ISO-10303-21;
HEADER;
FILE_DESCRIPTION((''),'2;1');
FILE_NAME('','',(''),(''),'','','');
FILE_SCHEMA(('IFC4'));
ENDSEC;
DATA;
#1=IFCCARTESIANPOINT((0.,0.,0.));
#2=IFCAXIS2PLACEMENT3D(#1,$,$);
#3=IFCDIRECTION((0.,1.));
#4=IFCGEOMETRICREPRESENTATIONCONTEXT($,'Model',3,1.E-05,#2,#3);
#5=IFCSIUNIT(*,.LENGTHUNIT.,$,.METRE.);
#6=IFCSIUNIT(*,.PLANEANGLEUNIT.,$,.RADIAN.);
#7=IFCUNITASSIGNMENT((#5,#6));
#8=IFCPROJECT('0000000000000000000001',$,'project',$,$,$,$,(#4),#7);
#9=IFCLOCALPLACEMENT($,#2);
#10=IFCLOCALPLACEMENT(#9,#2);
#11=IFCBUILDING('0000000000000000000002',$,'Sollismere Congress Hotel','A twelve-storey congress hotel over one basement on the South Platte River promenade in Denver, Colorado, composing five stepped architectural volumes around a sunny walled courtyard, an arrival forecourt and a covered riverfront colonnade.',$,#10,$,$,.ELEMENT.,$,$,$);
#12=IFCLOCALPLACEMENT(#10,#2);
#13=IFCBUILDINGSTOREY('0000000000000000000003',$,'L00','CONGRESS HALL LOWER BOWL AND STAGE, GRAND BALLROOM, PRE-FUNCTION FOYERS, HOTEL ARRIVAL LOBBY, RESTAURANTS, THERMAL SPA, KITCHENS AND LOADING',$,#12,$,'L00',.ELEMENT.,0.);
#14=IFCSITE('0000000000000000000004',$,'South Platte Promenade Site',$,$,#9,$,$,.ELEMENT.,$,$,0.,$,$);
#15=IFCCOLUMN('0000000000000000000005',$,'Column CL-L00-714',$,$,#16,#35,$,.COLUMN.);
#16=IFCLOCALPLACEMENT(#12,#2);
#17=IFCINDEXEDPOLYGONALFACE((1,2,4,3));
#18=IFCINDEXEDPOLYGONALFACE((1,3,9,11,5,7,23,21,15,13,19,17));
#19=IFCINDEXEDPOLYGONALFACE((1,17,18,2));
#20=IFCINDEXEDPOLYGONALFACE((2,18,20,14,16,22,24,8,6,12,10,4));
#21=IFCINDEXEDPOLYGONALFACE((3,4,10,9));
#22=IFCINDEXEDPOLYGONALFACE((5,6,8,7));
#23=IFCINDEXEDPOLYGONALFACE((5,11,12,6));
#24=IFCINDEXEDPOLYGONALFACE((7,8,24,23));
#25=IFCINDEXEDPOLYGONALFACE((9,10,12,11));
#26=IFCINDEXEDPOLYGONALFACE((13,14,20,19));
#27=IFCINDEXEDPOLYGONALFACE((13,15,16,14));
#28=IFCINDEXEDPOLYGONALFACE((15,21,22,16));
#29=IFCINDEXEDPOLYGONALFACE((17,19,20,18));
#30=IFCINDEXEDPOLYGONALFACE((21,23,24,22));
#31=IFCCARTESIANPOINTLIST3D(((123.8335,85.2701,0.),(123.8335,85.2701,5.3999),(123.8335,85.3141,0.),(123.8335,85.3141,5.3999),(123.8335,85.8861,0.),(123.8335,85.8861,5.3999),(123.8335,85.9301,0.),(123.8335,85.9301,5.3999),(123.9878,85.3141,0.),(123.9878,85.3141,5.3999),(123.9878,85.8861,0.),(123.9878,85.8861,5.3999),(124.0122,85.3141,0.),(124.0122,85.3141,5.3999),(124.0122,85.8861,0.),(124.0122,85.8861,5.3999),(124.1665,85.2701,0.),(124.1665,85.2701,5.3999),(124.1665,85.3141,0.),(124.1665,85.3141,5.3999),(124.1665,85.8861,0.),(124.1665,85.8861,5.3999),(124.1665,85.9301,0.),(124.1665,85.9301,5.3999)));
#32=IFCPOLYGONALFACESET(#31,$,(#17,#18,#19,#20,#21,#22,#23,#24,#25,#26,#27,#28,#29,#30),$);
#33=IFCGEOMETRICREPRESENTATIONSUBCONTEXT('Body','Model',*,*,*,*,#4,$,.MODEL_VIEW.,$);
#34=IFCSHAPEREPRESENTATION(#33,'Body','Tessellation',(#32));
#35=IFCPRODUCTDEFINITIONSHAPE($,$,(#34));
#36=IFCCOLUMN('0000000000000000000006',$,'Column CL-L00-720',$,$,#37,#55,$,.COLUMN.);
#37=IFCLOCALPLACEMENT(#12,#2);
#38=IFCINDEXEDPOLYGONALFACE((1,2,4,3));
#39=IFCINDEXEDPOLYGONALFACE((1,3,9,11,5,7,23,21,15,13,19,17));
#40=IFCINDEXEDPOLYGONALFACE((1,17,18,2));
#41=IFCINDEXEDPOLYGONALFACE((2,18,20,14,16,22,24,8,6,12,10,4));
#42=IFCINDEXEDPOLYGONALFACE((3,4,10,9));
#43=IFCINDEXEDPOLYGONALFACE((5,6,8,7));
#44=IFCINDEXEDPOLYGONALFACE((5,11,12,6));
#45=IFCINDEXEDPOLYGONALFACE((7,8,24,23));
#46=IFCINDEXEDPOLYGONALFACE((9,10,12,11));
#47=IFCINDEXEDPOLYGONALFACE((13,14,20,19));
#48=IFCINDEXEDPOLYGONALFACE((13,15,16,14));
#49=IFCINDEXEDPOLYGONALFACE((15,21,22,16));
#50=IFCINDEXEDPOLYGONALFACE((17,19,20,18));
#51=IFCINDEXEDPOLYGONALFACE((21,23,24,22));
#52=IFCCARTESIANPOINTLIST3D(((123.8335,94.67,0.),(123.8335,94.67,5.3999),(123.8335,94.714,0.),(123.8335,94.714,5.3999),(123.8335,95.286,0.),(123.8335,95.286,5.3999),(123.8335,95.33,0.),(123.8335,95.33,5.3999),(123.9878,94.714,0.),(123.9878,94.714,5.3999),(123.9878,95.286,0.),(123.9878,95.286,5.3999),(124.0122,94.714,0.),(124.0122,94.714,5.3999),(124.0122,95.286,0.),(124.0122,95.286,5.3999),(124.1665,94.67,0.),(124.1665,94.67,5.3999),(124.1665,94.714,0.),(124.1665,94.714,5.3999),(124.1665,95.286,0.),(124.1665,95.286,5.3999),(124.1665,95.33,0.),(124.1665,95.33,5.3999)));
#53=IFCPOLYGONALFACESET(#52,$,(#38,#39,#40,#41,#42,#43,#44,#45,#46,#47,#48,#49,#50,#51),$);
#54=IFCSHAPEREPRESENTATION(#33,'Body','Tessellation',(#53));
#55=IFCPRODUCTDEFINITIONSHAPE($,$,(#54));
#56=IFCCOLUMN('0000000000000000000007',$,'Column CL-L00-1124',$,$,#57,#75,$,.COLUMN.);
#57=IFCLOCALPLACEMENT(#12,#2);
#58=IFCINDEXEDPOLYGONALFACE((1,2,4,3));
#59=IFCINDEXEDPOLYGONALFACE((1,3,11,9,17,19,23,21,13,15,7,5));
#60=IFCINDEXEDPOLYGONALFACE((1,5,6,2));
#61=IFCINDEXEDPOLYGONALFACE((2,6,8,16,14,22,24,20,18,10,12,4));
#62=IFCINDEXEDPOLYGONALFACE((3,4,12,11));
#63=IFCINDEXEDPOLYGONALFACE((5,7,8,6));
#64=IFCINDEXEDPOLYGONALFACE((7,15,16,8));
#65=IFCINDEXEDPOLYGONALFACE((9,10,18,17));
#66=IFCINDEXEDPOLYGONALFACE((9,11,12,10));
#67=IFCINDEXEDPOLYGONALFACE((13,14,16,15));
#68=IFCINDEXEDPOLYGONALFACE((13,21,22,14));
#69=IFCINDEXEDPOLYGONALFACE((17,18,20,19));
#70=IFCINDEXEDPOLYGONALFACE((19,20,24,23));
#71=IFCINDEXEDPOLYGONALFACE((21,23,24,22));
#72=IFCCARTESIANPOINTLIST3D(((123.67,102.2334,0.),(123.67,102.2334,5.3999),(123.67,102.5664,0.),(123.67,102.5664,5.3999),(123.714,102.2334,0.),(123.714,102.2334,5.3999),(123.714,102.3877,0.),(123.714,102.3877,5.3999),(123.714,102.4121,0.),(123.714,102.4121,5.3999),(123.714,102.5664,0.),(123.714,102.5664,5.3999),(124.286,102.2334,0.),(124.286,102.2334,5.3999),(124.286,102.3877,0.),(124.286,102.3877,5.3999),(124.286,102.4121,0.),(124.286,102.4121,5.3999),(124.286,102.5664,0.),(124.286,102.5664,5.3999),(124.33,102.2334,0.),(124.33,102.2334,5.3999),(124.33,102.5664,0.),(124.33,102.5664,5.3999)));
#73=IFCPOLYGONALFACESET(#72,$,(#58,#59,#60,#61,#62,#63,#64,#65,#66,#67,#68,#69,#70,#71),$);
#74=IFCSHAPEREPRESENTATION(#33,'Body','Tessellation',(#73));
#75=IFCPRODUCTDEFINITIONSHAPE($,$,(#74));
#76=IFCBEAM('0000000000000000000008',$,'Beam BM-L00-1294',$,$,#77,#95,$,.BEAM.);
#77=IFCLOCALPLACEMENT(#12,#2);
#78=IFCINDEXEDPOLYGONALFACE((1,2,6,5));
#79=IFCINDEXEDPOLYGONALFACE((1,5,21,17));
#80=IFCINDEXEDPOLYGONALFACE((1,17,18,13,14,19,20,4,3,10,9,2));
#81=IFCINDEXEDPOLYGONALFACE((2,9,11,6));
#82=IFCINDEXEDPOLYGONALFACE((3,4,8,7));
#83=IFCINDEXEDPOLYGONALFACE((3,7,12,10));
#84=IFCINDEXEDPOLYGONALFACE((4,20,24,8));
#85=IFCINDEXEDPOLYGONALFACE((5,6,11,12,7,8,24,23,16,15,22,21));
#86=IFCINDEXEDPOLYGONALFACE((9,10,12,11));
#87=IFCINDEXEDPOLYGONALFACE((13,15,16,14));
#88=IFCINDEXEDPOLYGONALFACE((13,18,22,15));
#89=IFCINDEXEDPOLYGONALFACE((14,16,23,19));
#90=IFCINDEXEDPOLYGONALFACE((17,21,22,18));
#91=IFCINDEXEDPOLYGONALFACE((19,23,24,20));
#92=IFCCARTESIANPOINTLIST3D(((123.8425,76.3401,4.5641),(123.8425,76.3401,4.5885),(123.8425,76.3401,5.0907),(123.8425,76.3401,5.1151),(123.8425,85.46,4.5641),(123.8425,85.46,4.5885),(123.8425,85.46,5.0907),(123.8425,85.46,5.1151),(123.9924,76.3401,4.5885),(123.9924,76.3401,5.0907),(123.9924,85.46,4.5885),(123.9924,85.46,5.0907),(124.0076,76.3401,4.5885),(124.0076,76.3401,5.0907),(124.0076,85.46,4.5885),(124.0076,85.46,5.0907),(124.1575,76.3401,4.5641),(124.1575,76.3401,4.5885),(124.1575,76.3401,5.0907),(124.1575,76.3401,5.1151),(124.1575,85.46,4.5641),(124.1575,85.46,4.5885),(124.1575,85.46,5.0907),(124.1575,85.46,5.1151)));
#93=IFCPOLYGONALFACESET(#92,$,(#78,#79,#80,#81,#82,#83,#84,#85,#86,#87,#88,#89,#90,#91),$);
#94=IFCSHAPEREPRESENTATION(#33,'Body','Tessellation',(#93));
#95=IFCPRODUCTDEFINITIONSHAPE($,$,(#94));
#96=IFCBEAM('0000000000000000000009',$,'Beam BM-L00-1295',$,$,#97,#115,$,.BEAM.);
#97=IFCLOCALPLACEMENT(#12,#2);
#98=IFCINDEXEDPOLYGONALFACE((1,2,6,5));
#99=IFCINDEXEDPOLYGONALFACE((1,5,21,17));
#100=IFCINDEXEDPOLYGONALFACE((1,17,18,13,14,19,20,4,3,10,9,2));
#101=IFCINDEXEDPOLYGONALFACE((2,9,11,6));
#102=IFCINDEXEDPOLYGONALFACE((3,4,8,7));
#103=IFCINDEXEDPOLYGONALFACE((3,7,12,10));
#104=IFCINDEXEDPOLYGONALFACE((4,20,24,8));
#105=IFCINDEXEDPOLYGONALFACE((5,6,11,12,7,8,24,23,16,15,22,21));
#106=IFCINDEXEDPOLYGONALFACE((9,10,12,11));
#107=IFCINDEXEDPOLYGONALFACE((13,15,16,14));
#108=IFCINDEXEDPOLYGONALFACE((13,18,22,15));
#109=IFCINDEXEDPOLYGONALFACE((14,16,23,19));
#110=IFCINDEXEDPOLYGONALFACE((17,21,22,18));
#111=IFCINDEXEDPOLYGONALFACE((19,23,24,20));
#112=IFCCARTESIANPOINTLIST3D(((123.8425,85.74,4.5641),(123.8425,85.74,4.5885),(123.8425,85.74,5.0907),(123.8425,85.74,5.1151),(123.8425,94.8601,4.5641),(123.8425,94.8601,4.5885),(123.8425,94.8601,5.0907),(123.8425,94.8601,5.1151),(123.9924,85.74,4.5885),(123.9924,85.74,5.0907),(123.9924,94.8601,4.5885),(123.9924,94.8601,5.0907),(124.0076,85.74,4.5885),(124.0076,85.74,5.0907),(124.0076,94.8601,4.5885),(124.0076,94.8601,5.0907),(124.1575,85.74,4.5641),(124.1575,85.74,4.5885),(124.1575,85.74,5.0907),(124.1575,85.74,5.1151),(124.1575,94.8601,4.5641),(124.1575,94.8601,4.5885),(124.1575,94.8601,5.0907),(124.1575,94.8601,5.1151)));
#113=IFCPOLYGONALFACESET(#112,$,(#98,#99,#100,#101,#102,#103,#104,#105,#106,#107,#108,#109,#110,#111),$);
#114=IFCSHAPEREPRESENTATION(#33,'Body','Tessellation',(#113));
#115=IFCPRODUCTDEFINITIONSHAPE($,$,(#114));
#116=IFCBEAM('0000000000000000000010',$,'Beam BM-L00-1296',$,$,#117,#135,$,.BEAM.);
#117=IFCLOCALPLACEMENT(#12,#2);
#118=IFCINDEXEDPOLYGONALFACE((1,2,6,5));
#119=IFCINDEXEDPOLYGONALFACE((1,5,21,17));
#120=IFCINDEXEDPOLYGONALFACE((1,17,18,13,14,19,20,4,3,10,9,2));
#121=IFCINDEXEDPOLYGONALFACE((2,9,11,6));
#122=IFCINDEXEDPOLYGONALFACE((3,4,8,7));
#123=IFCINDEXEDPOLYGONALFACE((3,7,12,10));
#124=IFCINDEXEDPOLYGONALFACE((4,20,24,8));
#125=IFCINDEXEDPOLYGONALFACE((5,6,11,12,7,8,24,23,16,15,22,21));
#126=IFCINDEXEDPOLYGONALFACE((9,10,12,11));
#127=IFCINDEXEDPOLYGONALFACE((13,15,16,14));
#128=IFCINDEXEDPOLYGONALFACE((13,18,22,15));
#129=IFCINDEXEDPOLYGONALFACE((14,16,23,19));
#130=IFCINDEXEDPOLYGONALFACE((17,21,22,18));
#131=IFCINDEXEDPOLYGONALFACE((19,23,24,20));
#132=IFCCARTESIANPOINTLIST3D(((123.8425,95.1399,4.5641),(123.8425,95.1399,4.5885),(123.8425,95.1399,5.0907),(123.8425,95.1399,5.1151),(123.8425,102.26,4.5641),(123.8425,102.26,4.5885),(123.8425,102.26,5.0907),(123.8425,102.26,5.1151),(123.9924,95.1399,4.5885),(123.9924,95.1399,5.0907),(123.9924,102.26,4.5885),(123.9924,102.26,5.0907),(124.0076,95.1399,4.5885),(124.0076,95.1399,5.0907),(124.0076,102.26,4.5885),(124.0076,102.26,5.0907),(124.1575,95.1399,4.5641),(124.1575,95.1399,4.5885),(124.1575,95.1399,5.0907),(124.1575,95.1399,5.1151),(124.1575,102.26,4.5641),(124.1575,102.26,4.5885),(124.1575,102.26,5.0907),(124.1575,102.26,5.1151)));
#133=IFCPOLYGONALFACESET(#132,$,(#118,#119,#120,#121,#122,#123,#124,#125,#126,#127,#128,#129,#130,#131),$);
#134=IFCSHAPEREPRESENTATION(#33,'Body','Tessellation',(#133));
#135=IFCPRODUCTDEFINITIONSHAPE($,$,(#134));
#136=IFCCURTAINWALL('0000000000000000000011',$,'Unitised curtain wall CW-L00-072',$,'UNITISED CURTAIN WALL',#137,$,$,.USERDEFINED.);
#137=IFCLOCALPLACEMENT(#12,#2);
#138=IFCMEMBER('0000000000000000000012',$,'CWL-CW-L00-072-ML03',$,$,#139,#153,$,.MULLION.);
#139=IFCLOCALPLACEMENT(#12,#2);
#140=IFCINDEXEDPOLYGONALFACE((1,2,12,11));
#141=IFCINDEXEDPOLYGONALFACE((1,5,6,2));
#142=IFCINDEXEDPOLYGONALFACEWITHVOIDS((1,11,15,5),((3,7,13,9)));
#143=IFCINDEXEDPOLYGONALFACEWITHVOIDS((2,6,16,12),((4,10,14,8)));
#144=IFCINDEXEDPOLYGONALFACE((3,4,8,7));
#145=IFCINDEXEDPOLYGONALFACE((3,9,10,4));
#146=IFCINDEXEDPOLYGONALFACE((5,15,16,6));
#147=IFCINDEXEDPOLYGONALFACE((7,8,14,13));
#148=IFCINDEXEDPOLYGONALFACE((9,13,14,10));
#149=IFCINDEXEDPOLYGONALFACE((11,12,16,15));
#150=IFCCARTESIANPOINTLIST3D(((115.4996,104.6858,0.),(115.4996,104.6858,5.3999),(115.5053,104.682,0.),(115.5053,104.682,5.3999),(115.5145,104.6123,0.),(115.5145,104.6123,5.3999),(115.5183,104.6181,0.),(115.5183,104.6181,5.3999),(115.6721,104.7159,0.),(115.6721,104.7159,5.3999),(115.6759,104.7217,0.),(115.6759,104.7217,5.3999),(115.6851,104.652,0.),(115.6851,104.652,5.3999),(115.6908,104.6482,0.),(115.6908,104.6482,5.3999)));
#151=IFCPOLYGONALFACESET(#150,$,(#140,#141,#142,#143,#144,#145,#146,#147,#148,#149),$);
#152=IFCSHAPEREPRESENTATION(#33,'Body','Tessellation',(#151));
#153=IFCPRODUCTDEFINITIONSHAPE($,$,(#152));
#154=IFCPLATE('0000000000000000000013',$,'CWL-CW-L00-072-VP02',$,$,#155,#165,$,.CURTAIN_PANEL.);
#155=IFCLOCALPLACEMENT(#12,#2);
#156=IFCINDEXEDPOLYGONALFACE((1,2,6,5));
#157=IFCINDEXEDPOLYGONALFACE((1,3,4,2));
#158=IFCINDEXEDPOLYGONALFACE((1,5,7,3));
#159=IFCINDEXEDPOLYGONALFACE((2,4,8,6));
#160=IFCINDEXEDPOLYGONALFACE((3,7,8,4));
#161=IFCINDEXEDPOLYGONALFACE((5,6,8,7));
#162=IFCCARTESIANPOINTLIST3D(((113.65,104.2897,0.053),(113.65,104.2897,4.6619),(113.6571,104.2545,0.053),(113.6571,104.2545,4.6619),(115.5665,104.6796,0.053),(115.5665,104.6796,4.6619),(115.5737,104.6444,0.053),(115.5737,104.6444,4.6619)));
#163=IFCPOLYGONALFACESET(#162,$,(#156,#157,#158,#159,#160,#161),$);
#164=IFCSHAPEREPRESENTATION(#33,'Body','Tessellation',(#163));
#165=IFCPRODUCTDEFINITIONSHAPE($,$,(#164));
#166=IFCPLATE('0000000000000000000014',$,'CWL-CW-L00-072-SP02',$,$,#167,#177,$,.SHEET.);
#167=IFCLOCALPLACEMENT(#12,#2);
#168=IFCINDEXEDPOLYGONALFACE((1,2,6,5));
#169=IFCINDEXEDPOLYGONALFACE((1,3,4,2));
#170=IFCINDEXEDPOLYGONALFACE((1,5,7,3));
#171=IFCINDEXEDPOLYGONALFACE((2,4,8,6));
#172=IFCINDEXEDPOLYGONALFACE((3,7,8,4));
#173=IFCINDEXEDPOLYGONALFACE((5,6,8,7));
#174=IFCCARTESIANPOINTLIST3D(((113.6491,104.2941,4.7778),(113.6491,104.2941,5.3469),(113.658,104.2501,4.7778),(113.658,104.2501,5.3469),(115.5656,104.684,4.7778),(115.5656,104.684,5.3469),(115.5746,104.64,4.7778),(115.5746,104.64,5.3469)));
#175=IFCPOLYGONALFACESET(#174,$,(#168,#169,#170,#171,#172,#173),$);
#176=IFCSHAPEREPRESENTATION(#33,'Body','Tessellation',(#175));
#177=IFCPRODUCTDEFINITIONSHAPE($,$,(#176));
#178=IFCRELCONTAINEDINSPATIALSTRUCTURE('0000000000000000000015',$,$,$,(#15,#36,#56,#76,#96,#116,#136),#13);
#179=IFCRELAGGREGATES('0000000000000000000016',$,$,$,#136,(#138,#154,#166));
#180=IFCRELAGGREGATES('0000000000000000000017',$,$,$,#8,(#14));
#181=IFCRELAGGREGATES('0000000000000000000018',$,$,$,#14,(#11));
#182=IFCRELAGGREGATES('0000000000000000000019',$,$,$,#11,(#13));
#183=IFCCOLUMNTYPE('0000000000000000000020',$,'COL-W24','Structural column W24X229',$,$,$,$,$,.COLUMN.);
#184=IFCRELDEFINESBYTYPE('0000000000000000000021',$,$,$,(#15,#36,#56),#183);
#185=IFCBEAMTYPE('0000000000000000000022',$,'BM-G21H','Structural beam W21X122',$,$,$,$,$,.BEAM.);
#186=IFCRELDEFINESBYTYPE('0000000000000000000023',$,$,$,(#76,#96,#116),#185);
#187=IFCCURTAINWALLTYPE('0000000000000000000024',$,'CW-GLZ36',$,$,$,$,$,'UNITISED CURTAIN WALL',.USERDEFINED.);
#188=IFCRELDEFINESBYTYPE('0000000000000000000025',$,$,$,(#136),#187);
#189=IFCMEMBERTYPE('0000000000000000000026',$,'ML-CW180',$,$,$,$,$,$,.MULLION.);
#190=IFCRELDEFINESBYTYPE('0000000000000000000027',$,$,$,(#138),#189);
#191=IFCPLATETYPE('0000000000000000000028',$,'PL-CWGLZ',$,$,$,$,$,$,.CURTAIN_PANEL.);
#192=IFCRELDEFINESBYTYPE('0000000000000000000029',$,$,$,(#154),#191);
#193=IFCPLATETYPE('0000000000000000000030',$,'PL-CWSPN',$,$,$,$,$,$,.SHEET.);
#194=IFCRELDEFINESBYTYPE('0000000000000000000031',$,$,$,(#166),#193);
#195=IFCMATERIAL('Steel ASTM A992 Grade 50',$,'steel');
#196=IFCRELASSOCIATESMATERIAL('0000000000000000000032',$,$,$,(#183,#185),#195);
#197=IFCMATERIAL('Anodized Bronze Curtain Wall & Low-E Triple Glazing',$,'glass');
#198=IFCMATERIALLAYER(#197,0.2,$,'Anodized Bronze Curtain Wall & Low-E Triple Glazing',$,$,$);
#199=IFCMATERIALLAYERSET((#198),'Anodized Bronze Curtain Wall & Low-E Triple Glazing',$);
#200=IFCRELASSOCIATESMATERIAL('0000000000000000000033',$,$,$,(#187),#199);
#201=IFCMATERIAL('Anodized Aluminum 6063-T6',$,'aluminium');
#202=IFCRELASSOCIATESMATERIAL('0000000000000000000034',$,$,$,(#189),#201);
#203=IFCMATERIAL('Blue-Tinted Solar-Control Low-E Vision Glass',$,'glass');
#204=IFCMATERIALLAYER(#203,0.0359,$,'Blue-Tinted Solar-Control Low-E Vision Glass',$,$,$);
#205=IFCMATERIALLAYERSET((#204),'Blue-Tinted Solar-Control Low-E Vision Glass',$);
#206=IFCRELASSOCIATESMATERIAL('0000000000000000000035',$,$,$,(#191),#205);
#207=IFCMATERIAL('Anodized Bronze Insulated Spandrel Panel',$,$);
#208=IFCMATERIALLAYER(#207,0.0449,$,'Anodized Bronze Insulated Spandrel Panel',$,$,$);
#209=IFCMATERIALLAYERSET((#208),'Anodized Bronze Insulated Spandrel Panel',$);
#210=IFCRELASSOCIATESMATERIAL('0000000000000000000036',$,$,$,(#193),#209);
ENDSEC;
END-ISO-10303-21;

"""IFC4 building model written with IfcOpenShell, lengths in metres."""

from ifc_helpers import new_model, si_unit, direction, frame, origin, origin_2d, place, context, subcontext, project, spatial, rectangle, hollow_rectangle, i_section, extrude, material, layer, layer_set, material_profile, profile_set, type_object, element, aggregate, save


model = new_model("IFC4")

# Units and contexts
model_context = context("Model", 3, precision=1e-05, world=origin(), true_north=direction((0.0, 1.0)))
body_context = subcontext(model_context, "Body", "Model", "MODEL_VIEW")
ifc_project = project(units=[si_unit("LENGTHUNIT", "METRE"), si_unit("PLANEANGLEUNIT", "RADIAN")], contexts=[model_context])

# Site, building, storey
site_placement = place(None, origin())
site = spatial("IfcSite", under=ifc_project, at=site_placement, Name="South Platte Promenade Site", CompositionType="ELEMENT", RefElevation=0.0)
building_placement = place(site_placement, origin())
building = spatial("IfcBuilding", under=site, at=building_placement, Name="Sollismere Congress Hotel", Description="A twelve-storey congress hotel over one basement on the South Platte River promenade in Denver, Colorado, composing five stepped architectural volumes around a sunny walled courtyard, an arrival forecourt and a covered riverfront colonnade.", CompositionType="ELEMENT")
storey_placement = place(building_placement, origin())
storey = spatial("IfcBuildingStorey", under=building, at=storey_placement, Name="L00", Description="CONGRESS HALL LOWER BOWL AND STAGE, GRAND BALLROOM, PRE-FUNCTION FOYERS, HOTEL ARRIVAL LOBBY, RESTAURANTS, THERMAL SPA, KITCHENS AND LOADING", LongName="L00", CompositionType="ELEMENT", Elevation=0.0)

# Columns
ifc_material_1 = material(Name="Steel ASTM A992 Grade 50", Category="steel")
ifc_material_profile_1 = material_profile(ifc_material_1, i_section(OverallWidth=0.333, OverallDepth=0.6599, WebThickness=0.0244, FlangeThickness=0.0439, at=origin_2d()), Name="W24X229")
ifc_profile_set_1 = profile_set([ifc_material_profile_1], Name="Steel ASTM A992 Grade 50")
column_type = type_object("IfcColumnType", Name="COL-W24", Description="Structural column W24X229", PredefinedType="COLUMN", material=ifc_profile_set_1)
for number, where, z_axis, x_axis, name in (
    (1, (124.0, 85.6001, 0.0), (0.0, 0.0, 1.0), (1.0, 0.0, 0.0), "Column CL-L00-714"),
    (2, (124.0, 95.0, 0.0), (0.0, 0.0, 1.0), (1.0, 0.0, 0.0), "Column CL-L00-720"),
    (3, (124.0, 102.3999, 0.0), (0.0, 0.0, 1.0), (0.0, 1.0, 0.0), "Column CL-L00-1124"),
):
    element("IfcColumn", number, at=place(storey_placement, frame(where, z_axis=z_axis, x_axis=x_axis)), inside=storey, type_object=column_type, Name=name, PredefinedType="COLUMN", context=body_context, shape_type="SweptSolid", body=[
        extrude(i_section(OverallWidth=0.333, OverallDepth=0.6599, WebThickness=0.0244, FlangeThickness=0.0439, at=origin_2d()), origin(), (0.0, 0.0, 1.0), 5.3999),
    ])

# Beams
ifc_material_profile_2 = material_profile(ifc_material_1, i_section(OverallWidth=0.3149, OverallDepth=0.551, WebThickness=0.0151, FlangeThickness=0.0244, at=origin_2d()), Name="W21X122")
ifc_profile_set_2 = profile_set([ifc_material_profile_2], Name="Steel ASTM A992 Grade 50")
beam_type = type_object("IfcBeamType", Name="BM-G21H", Description="Structural beam W21X122", PredefinedType="BEAM", material=ifc_profile_set_2)
beam_1_placement = place(storey_placement, frame((124.0, 76.3401, 4.8396), z_axis=(0.0, 1.0, 0.0), x_axis=(-1.0, 0.0, 0.0)))
element("IfcBeam", 4, at=beam_1_placement, inside=storey, type_object=beam_type, Name="Beam BM-L00-1294", PredefinedType="BEAM", context=body_context, shape_type="SweptSolid", body=[
    extrude(i_section(OverallWidth=0.3149, OverallDepth=0.551, WebThickness=0.0151, FlangeThickness=0.0244, at=origin_2d()), origin(), (0.0, 0.0, 1.0), 9.1199),
])
beam_2_placement = place(storey_placement, frame((124.0, 85.74, 4.8396), z_axis=(0.0, 1.0, 0.0), x_axis=(-1.0, 0.0, 0.0)))
element("IfcBeam", 5, at=beam_2_placement, inside=storey, type_object=beam_type, Name="Beam BM-L00-1295", PredefinedType="BEAM", context=body_context, shape_type="SweptSolid", body=[
    extrude(i_section(OverallWidth=0.3149, OverallDepth=0.551, WebThickness=0.0151, FlangeThickness=0.0244, at=origin_2d()), origin(), (0.0, 0.0, 1.0), 9.1201),
])
beam_3_placement = place(storey_placement, frame((124.0, 95.1399, 4.8396), z_axis=(0.0, 1.0, 0.0), x_axis=(-1.0, 0.0, 0.0)))
element("IfcBeam", 6, at=beam_3_placement, inside=storey, type_object=beam_type, Name="Beam BM-L00-1296", PredefinedType="BEAM", context=body_context, shape_type="SweptSolid", body=[
    extrude(i_section(OverallWidth=0.3149, OverallDepth=0.551, WebThickness=0.0151, FlangeThickness=0.0244, at=origin_2d()), origin(), (0.0, 0.0, 1.0), 7.1201),
])

# Curtain wall, member, plates
ifc_material_2 = material(Name="Anodized Bronze Curtain Wall & Low-E Triple Glazing", Category="glass")
ifc_layer_1 = layer(ifc_material_2, 0.2, Name="Anodized Bronze Curtain Wall & Low-E Triple Glazing")
ifc_layer_set_1 = layer_set([ifc_layer_1], Name="Anodized Bronze Curtain Wall & Low-E Triple Glazing")
curtain_wall_type = type_object("IfcCurtainWallType", Name="CW-GLZ36", ElementType="UNITISED CURTAIN WALL", PredefinedType="USERDEFINED", material=ifc_layer_set_1)
curtain_wall_placement = place(storey_placement, origin())
curtain_wall = element("IfcCurtainWall", 7, at=curtain_wall_placement, inside=storey, type_object=curtain_wall_type, Name="Unitised curtain wall CW-L00-072", ObjectType="UNITISED CURTAIN WALL", PredefinedType="USERDEFINED")
ifc_material_3 = material(Name="Anodized Aluminum 6063-T6", Category="aluminium")
ifc_material_profile_3 = material_profile(ifc_material_3, hollow_rectangle(XDim=0.075, YDim=0.1799, WallThickness=0.0049, at=origin_2d()), Name="ALU180X75X5")
ifc_profile_set_3 = profile_set([ifc_material_profile_3], Name="Anodized Aluminum 6063-T6")
member_type = type_object("IfcMemberType", Name="ML-CW180", PredefinedType="MULLION", material=ifc_profile_set_3)
member_placement = place(storey_placement, frame((115.5952, 104.667, 0.0), z_axis=(0.0, 0.0, 1.0), x_axis=(-0.199368, 0.979925, 0.0)))
member = element("IfcMember", 8, at=member_placement, type_object=member_type, Name="CWL-CW-L00-072-ML03", PredefinedType="MULLION", context=body_context, shape_type="SweptSolid", body=[
    extrude(hollow_rectangle(XDim=0.075, YDim=0.1799, WallThickness=0.0049, at=origin_2d()), origin(), (0.0, 0.0, 1.0), 5.3999),
])
ifc_material_4 = material(Name="Blue-Tinted Solar-Control Low-E Vision Glass", Category="glass")
ifc_layer_2 = layer(ifc_material_4, 0.0359, Name="Blue-Tinted Solar-Control Low-E Vision Glass")
ifc_layer_set_2 = layer_set([ifc_layer_2], Name="Blue-Tinted Solar-Control Low-E Vision Glass")
plate_type_1 = type_object("IfcPlateType", Name="PL-CWGLZ", PredefinedType="CURTAIN_PANEL", material=ifc_layer_set_2)
plate_1_placement = place(storey_placement, frame((114.6118, 104.467, 0.053), z_axis=(0.0, 0.0, 1.0), x_axis=(0.979925, 0.199368, 0.0)))
plate_1 = element("IfcPlate", 9, at=plate_1_placement, type_object=plate_type_1, Name="CWL-CW-L00-072-VP02", PredefinedType="CURTAIN_PANEL", context=body_context, shape_type="SweptSolid", body=[
    extrude(rectangle(XDim=1.9558, YDim=0.0359, at=origin_2d()), origin(), (0.0, 0.0, 1.0), 4.6089),
])
ifc_material_5 = material(Name="Anodized Bronze Insulated Spandrel Panel")
ifc_layer_3 = layer(ifc_material_5, 0.0449, Name="Anodized Bronze Insulated Spandrel Panel")
ifc_layer_set_3 = layer_set([ifc_layer_3], Name="Anodized Bronze Insulated Spandrel Panel")
plate_type_2 = type_object("IfcPlateType", Name="PL-CWSPN", PredefinedType="SHEET", material=ifc_layer_set_3)
plate_2_placement = place(storey_placement, frame((114.6118, 104.467, 4.7778), z_axis=(0.0, 0.0, 1.0), x_axis=(0.979925, 0.199368, 0.0)))
plate_2 = element("IfcPlate", 10, at=plate_2_placement, type_object=plate_type_2, Name="CWL-CW-L00-072-SP02", PredefinedType="SHEET", context=body_context, shape_type="SweptSolid", body=[
    extrude(rectangle(XDim=1.9558, YDim=0.0449, at=origin_2d()), origin(), (0.0, 0.0, 1.0), 0.5691),
])
aggregate(curtain_wall, [member, plate_1, plate_2])

save(model, "model.ifc")
